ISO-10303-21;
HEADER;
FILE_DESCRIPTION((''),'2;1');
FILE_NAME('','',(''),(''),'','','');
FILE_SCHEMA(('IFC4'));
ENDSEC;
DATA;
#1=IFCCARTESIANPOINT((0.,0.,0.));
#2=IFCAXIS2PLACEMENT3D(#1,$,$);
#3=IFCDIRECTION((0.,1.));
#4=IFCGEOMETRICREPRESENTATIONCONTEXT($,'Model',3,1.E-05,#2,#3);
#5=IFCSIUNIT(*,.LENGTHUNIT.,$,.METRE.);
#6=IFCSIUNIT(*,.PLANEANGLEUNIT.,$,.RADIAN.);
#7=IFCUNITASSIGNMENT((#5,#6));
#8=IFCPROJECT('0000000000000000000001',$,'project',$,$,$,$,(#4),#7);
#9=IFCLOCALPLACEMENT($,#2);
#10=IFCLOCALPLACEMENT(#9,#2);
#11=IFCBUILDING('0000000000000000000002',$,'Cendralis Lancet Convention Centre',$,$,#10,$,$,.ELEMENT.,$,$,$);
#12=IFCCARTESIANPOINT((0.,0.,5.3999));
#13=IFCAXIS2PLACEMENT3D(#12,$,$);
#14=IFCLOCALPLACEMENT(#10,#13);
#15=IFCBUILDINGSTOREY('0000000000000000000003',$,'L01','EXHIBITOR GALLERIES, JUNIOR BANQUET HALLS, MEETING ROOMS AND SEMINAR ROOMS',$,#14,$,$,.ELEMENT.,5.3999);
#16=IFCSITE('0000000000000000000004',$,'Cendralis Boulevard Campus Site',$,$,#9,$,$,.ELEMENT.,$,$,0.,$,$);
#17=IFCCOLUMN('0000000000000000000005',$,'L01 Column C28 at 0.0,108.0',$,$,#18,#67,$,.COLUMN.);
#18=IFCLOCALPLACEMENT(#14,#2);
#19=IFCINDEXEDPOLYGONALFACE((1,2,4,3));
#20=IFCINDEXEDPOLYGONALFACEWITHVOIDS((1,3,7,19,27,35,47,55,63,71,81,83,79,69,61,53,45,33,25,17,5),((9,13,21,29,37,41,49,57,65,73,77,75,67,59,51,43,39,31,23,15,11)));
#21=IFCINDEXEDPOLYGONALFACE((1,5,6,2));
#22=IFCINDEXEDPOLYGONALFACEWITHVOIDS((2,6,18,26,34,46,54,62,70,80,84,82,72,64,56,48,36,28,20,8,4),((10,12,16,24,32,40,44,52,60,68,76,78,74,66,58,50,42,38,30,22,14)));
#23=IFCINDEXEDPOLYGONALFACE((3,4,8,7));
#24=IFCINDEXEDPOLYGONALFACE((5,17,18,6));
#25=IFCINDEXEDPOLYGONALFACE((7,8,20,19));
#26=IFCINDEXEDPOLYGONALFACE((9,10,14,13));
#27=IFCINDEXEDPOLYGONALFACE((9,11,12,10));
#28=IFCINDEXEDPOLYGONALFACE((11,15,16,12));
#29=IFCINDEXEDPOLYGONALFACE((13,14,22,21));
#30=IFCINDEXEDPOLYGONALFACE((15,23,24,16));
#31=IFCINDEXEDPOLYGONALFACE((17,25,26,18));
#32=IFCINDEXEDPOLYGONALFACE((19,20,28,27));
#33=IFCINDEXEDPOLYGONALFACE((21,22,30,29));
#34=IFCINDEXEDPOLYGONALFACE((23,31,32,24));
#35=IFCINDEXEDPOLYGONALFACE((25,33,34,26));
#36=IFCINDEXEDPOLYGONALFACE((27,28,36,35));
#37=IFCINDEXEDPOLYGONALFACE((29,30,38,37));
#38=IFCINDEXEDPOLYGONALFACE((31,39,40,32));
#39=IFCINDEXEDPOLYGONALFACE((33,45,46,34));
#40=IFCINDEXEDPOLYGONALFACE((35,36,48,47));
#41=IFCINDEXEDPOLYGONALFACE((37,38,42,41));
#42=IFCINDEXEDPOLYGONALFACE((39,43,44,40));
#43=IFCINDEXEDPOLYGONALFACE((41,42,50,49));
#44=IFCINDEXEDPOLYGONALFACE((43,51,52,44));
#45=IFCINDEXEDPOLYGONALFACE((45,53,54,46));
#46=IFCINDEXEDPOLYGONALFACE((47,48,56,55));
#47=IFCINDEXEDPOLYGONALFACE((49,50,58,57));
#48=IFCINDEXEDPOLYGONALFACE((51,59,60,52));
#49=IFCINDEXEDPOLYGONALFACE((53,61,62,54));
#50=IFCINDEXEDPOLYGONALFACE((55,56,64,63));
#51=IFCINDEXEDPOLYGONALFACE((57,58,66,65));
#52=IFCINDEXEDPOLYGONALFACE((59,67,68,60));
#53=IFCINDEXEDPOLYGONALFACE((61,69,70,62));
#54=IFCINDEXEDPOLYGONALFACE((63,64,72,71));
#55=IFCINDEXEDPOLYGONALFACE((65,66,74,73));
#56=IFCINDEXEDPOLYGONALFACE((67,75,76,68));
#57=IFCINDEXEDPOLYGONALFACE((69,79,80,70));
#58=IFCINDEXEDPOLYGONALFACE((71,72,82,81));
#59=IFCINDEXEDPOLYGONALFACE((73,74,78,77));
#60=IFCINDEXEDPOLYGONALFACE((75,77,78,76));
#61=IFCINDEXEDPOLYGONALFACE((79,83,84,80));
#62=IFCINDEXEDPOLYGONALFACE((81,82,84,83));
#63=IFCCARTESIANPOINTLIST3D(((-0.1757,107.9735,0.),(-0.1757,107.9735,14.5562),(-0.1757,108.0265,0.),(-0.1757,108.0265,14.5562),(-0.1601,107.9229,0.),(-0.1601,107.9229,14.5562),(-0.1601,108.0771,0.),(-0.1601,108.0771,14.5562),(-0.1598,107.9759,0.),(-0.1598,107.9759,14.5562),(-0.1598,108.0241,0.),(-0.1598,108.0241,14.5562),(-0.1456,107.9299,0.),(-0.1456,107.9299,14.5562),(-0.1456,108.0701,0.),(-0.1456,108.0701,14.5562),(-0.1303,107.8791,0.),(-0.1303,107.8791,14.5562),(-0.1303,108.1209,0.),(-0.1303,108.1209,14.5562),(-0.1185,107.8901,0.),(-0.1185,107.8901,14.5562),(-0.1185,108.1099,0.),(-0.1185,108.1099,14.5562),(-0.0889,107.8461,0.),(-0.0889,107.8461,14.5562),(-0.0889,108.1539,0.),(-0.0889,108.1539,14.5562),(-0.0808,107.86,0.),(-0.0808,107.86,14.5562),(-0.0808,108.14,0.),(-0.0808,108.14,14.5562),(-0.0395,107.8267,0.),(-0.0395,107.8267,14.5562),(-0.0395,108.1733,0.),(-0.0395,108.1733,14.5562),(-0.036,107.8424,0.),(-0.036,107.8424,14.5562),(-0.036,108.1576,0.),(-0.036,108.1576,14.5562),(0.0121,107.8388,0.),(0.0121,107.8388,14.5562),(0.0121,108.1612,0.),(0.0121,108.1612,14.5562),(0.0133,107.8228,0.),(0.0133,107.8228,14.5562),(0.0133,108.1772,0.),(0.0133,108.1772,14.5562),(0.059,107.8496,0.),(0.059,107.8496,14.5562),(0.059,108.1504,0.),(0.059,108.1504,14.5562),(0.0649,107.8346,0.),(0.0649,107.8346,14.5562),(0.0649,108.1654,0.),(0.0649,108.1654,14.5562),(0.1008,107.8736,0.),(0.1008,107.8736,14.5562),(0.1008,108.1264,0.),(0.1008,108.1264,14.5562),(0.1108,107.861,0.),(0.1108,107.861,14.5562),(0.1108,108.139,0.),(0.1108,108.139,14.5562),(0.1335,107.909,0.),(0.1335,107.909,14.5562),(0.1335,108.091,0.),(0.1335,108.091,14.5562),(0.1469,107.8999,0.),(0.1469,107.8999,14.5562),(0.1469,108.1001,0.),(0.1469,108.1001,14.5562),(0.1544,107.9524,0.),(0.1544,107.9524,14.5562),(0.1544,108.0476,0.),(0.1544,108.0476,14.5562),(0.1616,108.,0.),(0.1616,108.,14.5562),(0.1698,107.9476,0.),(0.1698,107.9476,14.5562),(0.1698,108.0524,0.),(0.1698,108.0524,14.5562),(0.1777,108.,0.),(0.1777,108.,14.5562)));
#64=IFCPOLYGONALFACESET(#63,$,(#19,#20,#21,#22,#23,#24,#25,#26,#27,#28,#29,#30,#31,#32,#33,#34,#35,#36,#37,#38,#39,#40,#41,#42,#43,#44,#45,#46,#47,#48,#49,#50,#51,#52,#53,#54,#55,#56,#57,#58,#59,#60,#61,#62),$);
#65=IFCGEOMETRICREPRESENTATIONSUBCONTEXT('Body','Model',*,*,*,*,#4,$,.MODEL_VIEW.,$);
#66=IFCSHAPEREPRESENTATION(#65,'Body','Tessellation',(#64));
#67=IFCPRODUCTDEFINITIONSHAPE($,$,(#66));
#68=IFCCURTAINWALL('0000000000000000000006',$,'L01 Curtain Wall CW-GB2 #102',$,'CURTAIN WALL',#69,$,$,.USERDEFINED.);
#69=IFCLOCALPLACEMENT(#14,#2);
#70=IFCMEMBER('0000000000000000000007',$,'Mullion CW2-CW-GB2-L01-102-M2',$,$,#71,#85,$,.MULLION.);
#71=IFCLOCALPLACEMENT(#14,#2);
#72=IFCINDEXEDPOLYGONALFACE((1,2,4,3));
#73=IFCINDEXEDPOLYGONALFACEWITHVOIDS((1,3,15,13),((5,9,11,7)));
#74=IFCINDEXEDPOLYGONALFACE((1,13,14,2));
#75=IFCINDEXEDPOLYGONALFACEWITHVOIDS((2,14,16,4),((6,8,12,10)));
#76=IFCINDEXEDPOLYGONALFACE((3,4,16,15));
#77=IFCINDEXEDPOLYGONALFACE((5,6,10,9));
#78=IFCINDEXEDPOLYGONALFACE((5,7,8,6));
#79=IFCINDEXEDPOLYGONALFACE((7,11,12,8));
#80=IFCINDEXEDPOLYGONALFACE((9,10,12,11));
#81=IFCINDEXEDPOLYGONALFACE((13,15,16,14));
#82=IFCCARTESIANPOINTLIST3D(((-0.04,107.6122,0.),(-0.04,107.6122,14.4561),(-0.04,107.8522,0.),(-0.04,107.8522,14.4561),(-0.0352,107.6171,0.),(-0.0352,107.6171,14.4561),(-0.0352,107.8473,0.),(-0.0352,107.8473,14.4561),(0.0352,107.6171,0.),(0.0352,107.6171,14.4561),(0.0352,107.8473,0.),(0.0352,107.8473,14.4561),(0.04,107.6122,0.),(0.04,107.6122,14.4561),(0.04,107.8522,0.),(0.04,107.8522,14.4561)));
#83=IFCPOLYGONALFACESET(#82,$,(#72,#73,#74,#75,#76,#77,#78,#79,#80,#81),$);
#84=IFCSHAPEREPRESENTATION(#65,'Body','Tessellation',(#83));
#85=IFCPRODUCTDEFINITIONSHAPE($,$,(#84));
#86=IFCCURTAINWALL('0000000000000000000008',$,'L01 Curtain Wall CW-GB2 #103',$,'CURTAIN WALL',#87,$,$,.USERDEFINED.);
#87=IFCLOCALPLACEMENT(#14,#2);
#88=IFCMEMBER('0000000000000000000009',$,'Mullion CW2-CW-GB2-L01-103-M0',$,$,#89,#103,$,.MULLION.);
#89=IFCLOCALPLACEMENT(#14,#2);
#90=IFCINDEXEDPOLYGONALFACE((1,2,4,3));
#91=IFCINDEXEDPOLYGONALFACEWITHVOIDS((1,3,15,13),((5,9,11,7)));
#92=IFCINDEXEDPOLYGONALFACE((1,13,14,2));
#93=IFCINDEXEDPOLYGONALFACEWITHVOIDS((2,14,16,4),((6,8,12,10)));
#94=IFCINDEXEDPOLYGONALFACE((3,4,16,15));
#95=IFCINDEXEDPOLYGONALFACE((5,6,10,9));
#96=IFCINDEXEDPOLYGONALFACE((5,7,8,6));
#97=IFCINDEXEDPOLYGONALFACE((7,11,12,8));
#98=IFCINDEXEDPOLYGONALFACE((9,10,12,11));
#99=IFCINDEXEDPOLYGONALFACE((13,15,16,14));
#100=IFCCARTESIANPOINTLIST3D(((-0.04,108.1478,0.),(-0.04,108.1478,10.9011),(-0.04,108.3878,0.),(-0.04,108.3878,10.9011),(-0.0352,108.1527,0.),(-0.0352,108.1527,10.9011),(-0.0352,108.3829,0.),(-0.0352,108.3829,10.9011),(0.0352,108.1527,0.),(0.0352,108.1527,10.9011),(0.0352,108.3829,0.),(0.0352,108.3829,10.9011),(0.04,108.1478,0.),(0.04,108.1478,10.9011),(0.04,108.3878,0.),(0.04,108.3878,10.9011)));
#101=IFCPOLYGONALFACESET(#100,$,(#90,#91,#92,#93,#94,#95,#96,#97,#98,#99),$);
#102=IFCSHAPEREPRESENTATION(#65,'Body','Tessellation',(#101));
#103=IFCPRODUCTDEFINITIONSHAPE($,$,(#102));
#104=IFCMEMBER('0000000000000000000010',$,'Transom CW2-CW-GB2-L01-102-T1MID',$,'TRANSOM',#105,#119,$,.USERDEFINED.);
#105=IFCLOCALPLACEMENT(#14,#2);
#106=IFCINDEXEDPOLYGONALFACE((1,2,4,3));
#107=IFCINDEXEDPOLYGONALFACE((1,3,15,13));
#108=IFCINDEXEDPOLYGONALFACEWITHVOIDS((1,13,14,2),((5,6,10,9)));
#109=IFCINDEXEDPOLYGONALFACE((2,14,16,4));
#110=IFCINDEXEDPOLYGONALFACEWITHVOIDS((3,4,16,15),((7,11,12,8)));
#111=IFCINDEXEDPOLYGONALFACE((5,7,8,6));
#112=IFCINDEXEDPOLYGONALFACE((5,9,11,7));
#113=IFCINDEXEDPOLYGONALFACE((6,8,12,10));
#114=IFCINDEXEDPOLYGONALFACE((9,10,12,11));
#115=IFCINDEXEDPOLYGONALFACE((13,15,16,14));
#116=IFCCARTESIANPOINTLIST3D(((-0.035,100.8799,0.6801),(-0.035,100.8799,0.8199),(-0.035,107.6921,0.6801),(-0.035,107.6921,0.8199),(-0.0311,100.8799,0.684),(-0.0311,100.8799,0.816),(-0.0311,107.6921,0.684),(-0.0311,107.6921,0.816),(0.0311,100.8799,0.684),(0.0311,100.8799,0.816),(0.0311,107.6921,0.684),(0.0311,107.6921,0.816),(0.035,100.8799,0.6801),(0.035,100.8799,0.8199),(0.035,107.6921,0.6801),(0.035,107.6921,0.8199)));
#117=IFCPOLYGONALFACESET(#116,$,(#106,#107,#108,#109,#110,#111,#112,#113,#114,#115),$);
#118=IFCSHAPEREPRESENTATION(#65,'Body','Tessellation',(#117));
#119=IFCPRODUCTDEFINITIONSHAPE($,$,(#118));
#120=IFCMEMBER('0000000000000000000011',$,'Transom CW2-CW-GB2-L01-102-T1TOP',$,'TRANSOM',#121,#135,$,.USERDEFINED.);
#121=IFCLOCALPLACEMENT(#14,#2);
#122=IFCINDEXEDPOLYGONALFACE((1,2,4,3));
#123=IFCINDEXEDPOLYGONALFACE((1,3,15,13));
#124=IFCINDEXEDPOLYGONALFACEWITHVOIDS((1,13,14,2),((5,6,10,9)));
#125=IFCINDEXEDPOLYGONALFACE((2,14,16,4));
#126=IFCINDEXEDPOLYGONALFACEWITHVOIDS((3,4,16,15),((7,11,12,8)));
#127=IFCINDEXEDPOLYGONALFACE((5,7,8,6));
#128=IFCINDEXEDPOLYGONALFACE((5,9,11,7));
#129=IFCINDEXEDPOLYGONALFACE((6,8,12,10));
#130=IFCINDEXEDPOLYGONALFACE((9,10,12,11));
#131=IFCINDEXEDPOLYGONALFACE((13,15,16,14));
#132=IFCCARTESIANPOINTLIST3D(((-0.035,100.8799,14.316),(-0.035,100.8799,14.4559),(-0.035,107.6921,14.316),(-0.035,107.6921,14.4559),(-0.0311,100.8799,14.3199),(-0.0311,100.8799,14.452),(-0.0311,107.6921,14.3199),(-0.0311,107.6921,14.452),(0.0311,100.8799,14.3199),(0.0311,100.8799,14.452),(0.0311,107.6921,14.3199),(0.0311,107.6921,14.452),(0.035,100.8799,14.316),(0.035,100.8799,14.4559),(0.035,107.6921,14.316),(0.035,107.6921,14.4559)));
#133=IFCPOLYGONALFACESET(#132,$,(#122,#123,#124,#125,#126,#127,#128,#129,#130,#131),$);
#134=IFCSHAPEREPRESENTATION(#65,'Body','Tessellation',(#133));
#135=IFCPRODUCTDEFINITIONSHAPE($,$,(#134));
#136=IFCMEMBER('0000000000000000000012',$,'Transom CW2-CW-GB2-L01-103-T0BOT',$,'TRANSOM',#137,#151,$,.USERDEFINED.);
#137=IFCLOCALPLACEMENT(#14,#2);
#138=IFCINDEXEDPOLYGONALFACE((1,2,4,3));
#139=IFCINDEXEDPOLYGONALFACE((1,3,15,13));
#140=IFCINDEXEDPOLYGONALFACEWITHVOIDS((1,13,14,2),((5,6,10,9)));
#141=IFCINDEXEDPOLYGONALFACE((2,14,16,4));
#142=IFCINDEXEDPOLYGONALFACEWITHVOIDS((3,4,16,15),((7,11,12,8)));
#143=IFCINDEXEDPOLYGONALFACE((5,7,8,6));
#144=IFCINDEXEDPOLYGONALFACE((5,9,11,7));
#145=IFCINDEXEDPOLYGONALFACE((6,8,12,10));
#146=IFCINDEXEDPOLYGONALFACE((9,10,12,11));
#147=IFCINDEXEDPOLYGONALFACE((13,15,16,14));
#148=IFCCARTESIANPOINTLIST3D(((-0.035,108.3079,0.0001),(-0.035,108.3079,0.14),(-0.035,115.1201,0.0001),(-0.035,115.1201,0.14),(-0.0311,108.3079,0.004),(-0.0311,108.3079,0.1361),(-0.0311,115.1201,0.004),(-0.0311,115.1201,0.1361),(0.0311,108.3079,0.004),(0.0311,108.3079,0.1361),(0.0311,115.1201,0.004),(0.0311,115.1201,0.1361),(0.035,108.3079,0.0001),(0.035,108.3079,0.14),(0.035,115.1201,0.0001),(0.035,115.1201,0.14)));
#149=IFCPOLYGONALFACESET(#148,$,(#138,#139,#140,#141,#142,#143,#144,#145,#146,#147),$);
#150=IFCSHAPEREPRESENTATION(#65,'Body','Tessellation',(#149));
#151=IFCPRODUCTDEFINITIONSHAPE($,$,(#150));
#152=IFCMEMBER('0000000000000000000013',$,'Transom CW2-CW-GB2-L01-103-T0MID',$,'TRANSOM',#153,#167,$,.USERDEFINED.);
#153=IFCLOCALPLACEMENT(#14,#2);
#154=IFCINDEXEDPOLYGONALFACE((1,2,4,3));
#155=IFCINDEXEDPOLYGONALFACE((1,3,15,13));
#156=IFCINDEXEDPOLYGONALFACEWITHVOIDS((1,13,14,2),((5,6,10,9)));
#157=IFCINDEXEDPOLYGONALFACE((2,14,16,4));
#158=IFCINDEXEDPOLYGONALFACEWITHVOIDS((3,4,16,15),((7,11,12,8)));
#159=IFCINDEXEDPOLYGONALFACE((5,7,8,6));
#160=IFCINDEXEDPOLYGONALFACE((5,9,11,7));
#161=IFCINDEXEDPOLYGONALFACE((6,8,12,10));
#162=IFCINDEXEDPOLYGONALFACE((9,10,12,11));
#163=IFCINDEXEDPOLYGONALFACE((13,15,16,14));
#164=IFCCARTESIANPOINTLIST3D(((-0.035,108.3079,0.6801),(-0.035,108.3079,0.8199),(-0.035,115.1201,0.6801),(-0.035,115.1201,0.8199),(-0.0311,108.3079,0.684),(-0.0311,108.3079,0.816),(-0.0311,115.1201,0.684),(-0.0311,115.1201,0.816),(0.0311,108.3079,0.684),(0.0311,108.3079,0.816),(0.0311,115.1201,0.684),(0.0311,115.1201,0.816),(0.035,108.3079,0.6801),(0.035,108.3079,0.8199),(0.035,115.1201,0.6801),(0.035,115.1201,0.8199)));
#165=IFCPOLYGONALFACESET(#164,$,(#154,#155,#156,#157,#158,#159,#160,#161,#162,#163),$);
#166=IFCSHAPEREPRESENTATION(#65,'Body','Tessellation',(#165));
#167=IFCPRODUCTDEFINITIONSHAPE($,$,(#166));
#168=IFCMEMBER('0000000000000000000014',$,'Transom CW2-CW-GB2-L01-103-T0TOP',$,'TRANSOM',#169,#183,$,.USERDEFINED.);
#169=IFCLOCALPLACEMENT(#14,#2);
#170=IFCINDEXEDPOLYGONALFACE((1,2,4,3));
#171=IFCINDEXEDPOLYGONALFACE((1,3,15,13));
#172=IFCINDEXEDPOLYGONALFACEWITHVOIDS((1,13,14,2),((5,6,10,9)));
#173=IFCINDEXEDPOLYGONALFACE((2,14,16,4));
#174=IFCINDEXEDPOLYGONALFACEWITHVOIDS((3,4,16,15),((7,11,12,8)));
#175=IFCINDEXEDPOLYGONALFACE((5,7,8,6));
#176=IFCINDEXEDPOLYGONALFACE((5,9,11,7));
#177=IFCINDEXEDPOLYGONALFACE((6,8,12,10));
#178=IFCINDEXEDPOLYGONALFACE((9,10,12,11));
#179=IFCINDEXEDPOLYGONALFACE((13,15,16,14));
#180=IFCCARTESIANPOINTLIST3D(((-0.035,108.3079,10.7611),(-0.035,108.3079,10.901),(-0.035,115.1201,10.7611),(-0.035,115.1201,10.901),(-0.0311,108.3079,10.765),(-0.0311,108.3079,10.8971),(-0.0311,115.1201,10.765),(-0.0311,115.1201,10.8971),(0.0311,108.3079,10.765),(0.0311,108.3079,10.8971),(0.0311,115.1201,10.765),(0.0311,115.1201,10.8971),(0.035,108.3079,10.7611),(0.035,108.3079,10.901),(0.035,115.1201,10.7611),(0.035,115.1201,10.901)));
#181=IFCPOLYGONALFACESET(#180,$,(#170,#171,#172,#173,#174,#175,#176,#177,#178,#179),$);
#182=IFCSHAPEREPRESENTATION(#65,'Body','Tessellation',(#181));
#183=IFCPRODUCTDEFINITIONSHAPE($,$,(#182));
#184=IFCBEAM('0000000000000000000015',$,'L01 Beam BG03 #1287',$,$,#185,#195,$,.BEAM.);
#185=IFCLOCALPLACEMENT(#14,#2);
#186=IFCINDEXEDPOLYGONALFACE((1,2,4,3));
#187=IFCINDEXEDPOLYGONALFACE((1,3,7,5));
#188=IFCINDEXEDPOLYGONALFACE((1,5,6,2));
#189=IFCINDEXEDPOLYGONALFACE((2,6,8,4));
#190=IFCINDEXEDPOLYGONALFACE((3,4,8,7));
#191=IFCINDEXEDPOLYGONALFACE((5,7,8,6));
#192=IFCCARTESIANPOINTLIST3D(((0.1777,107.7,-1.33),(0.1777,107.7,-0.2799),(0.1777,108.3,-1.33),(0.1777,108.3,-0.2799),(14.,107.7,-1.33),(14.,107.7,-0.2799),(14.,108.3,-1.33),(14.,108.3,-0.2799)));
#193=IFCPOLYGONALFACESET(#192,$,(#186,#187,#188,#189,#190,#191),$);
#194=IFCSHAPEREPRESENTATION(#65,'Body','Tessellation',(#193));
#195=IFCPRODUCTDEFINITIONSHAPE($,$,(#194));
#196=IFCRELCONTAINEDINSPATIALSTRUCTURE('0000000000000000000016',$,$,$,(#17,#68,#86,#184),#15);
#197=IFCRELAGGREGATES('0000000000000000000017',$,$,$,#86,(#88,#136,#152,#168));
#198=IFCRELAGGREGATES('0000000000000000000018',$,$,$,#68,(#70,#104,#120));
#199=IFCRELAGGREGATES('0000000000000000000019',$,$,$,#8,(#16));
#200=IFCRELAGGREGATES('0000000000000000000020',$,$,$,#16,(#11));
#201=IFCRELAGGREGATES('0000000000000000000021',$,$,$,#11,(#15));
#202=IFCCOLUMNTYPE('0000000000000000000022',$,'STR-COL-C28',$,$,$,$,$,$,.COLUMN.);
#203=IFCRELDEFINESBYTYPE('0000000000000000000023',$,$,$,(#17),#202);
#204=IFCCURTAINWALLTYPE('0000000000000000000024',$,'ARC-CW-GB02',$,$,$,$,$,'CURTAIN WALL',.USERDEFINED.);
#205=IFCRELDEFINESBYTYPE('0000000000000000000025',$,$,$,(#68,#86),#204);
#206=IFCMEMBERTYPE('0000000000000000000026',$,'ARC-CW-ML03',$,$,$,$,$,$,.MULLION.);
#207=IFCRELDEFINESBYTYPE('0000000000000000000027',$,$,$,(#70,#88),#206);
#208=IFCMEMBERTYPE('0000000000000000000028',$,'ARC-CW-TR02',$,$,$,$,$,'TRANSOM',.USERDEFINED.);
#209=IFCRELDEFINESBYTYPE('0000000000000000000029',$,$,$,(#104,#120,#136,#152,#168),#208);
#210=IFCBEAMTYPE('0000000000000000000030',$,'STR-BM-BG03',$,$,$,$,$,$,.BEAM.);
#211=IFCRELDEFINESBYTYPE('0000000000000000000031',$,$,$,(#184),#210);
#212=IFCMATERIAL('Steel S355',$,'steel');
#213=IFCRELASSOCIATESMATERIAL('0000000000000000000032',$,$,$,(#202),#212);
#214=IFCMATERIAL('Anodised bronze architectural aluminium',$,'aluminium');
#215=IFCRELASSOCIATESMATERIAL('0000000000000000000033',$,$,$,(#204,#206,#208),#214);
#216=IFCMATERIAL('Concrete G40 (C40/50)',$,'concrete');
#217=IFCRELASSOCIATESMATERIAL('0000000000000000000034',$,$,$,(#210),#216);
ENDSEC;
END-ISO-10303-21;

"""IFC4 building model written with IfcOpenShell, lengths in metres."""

from ifc_helpers import new_model, si_unit, direction, frame, origin, origin_2d, place, context, subcontext, project, spatial, rectangle, hollow_rectangle, hollow_circle, extrude, material, material_profile, profile_set, type_object, element, aggregate, save


model = new_model("IFC4")

# Units and contexts
model_context = context("Model", 3, precision=1e-05, world=origin(), true_north=direction((0.0, 1.0)))
body_context = subcontext(model_context, "Body", "Model", "MODEL_VIEW")
ifc_project = project(units=[si_unit("LENGTHUNIT", "METRE"), si_unit("PLANEANGLEUNIT", "RADIAN")], contexts=[model_context])

# Site, building, storey
site_placement = place(None, origin())
site = spatial("IfcSite", under=ifc_project, at=site_placement, Name="Cendralis Boulevard Campus Site", CompositionType="ELEMENT", RefElevation=0.0)
building_placement = place(site_placement, origin())
building = spatial("IfcBuilding", under=site, at=building_placement, Name="Cendralis Lancet Convention Centre", CompositionType="ELEMENT")
storey_placement = place(building_placement, frame((0.0, 0.0, 5.3999)))
storey = spatial("IfcBuildingStorey", under=building, at=storey_placement, Name="L01", Description="EXHIBITOR GALLERIES, JUNIOR BANQUET HALLS, MEETING ROOMS AND SEMINAR ROOMS", CompositionType="ELEMENT", Elevation=5.3999)

# Column
ifc_material_1 = material(Name="Steel S355", Category="steel")
ifc_material_profile_1 = material_profile(ifc_material_1, hollow_circle(Radius=0.1777, WallThickness=0.0161, at=origin_2d()), Name="CHS 355.6x16.0")
ifc_profile_set_1 = profile_set([ifc_material_profile_1], Name="Steel S355")
column_type = type_object("IfcColumnType", Name="STR-COL-C28", PredefinedType="COLUMN", material=ifc_profile_set_1)
column_placement = place(storey_placement, frame((0.0, 108.0, 0.0), z_axis=(0.0, 0.0, 1.0), x_axis=(1.0, 0.0, 0.0)))
element("IfcColumn", 1, at=column_placement, inside=storey, type_object=column_type, Name="L01 Column C28 at 0.0,108.0", PredefinedType="COLUMN", context=body_context, shape_type="SweptSolid", body=[
    extrude(hollow_circle(Radius=0.1777, WallThickness=0.0161, at=origin_2d()), origin(), (0.0, 0.0, 1.0), 14.5562),
])

# Curtain walls, members
ifc_material_2 = material(Name="Anodised bronze architectural aluminium", Category="aluminium")
curtain_wall_type = type_object("IfcCurtainWallType", Name="ARC-CW-GB02", ElementType="CURTAIN WALL", PredefinedType="USERDEFINED", material=ifc_material_2)
curtain_wall_1_placement = place(storey_placement, origin())
curtain_wall_1 = element("IfcCurtainWall", 2, at=curtain_wall_1_placement, inside=storey, type_object=curtain_wall_type, Name="L01 Curtain Wall CW-GB2 #102", ObjectType="CURTAIN WALL", PredefinedType="USERDEFINED")
ifc_material_profile_2 = material_profile(ifc_material_2, hollow_rectangle(XDim=0.0801, YDim=0.24, WallThickness=0.0049, at=origin_2d()), Name="AL-MULL 80x240x5.0")
ifc_profile_set_2 = profile_set([ifc_material_profile_2], Name="Anodised bronze architectural aluminium")
member_type_1 = type_object("IfcMemberType", Name="ARC-CW-ML03", PredefinedType="MULLION", material=ifc_profile_set_2)
member_1_placement = place(storey_placement, frame((0.0, 107.7322, 0.0), z_axis=(0.0, 0.0, 1.0), x_axis=(1.0, 0.0, 0.0)))
member_1 = element("IfcMember", 3, at=member_1_placement, type_object=member_type_1, Name="Mullion CW2-CW-GB2-L01-102-M2", PredefinedType="MULLION", context=body_context, shape_type="SweptSolid", body=[
    extrude(hollow_rectangle(XDim=0.0801, YDim=0.24, WallThickness=0.0049, at=origin_2d()), origin(), (0.0, 0.0, 1.0), 14.4561),
])
curtain_wall_2_placement = place(storey_placement, origin())
curtain_wall_2 = element("IfcCurtainWall", 4, at=curtain_wall_2_placement, inside=storey, type_object=curtain_wall_type, Name="L01 Curtain Wall CW-GB2 #103", ObjectType="CURTAIN WALL", PredefinedType="USERDEFINED")
member_2_placement = place(storey_placement, frame((0.0, 108.2678, 0.0), z_axis=(0.0, 0.0, 1.0), x_axis=(1.0, 0.0, 0.0)))
member_2 = element("IfcMember", 5, at=member_2_placement, type_object=member_type_1, Name="Mullion CW2-CW-GB2-L01-103-M0", PredefinedType="MULLION", context=body_context, shape_type="SweptSolid", body=[
    extrude(hollow_rectangle(XDim=0.0801, YDim=0.24, WallThickness=0.0049, at=origin_2d()), origin(), (0.0, 0.0, 1.0), 10.9011),
])

# Members
ifc_material_profile_3 = material_profile(ifc_material_2, hollow_rectangle(XDim=0.0701, YDim=0.1399, WallThickness=0.0039, at=origin_2d()), Name="AL-TRAN 70x140x4.0")
ifc_profile_set_3 = profile_set([ifc_material_profile_3], Name="Anodised bronze architectural aluminium")
member_type_2 = type_object("IfcMemberType", Name="ARC-CW-TR02", ElementType="TRANSOM", PredefinedType="USERDEFINED", material=ifc_profile_set_3)
member_3_placement = place(storey_placement, frame((0.0, 100.8799, 0.75), z_axis=(0.0, 1.0, 0.0), x_axis=(-1.0, 0.0, 0.0)))
member_3 = element("IfcMember", 6, at=member_3_placement, type_object=member_type_2, Name="Transom CW2-CW-GB2-L01-102-T1MID", ObjectType="TRANSOM", PredefinedType="USERDEFINED", context=body_context, shape_type="SweptSolid", body=[
    extrude(hollow_rectangle(XDim=0.0701, YDim=0.1399, WallThickness=0.0039, at=origin_2d()), origin(), (0.0, 0.0, 1.0), 6.8123),
])
member_4_placement = place(storey_placement, frame((0.0, 100.8799, 14.386), z_axis=(0.0, 1.0, 0.0), x_axis=(-1.0, 0.0, 0.0)))
member_4 = element("IfcMember", 7, at=member_4_placement, type_object=member_type_2, Name="Transom CW2-CW-GB2-L01-102-T1TOP", ObjectType="TRANSOM", PredefinedType="USERDEFINED", context=body_context, shape_type="SweptSolid", body=[
    extrude(hollow_rectangle(XDim=0.0701, YDim=0.1399, WallThickness=0.0039, at=origin_2d()), origin(), (0.0, 0.0, 1.0), 6.8123),
])
member_5_placement = place(storey_placement, frame((0.0, 108.3079, 0.0701), z_axis=(0.0, 1.0, 0.0), x_axis=(-1.0, 0.0, 0.0)))
member_5 = element("IfcMember", 8, at=member_5_placement, type_object=member_type_2, Name="Transom CW2-CW-GB2-L01-103-T0BOT", ObjectType="TRANSOM", PredefinedType="USERDEFINED", context=body_context, shape_type="SweptSolid", body=[
    extrude(hollow_rectangle(XDim=0.0701, YDim=0.1399, WallThickness=0.0039, at=origin_2d()), origin(), (0.0, 0.0, 1.0), 6.8123),
])
member_6_placement = place(storey_placement, frame((0.0, 108.3079, 0.75), z_axis=(0.0, 1.0, 0.0), x_axis=(-1.0, 0.0, 0.0)))
member_6 = element("IfcMember", 9, at=member_6_placement, type_object=member_type_2, Name="Transom CW2-CW-GB2-L01-103-T0MID", ObjectType="TRANSOM", PredefinedType="USERDEFINED", context=body_context, shape_type="SweptSolid", body=[
    extrude(hollow_rectangle(XDim=0.0701, YDim=0.1399, WallThickness=0.0039, at=origin_2d()), origin(), (0.0, 0.0, 1.0), 6.8123),
])
member_7_placement = place(storey_placement, frame((0.0, 108.3079, 10.8311), z_axis=(0.0, 1.0, 0.0), x_axis=(-1.0, 0.0, 0.0)))
member_7 = element("IfcMember", 10, at=member_7_placement, type_object=member_type_2, Name="Transom CW2-CW-GB2-L01-103-T0TOP", ObjectType="TRANSOM", PredefinedType="USERDEFINED", context=body_context, shape_type="SweptSolid", body=[
    extrude(hollow_rectangle(XDim=0.0701, YDim=0.1399, WallThickness=0.0039, at=origin_2d()), origin(), (0.0, 0.0, 1.0), 6.8123),
])
aggregate(curtain_wall_2, [member_2, member_5, member_6, member_7])

# Beam
ifc_material_3 = material(Name="Concrete G40 (C40/50)", Category="concrete")
ifc_material_profile_4 = material_profile(ifc_material_3, rectangle(XDim=0.6001, YDim=1.05, at=origin_2d()), Name="RCB 600x1050")
ifc_profile_set_4 = profile_set([ifc_material_profile_4], Name="Concrete G40 (C40/50)")
beam_type_1 = type_object("IfcBeamType", Name="STR-BM-BG03", PredefinedType="BEAM", material=ifc_profile_set_4)
beam_1_placement = place(storey_placement, frame((0.1777, 108.0, -0.8049), z_axis=(1.0, 0.0, 0.0), x_axis=(0.0, 1.0, 0.0)))
element("IfcBeam", 11, at=beam_1_placement, inside=storey, type_object=beam_type_1, Name="L01 Beam BG03 #1287", PredefinedType="BEAM", context=body_context, shape_type="SweptSolid", body=[
    extrude(rectangle(XDim=0.6001, YDim=1.05, at=origin_2d()), origin(), (0.0, 0.0, 1.0), 13.8223),
])

aggregate(curtain_wall_1, [member_1, member_3, member_4])

save(model, "model.ifc")
